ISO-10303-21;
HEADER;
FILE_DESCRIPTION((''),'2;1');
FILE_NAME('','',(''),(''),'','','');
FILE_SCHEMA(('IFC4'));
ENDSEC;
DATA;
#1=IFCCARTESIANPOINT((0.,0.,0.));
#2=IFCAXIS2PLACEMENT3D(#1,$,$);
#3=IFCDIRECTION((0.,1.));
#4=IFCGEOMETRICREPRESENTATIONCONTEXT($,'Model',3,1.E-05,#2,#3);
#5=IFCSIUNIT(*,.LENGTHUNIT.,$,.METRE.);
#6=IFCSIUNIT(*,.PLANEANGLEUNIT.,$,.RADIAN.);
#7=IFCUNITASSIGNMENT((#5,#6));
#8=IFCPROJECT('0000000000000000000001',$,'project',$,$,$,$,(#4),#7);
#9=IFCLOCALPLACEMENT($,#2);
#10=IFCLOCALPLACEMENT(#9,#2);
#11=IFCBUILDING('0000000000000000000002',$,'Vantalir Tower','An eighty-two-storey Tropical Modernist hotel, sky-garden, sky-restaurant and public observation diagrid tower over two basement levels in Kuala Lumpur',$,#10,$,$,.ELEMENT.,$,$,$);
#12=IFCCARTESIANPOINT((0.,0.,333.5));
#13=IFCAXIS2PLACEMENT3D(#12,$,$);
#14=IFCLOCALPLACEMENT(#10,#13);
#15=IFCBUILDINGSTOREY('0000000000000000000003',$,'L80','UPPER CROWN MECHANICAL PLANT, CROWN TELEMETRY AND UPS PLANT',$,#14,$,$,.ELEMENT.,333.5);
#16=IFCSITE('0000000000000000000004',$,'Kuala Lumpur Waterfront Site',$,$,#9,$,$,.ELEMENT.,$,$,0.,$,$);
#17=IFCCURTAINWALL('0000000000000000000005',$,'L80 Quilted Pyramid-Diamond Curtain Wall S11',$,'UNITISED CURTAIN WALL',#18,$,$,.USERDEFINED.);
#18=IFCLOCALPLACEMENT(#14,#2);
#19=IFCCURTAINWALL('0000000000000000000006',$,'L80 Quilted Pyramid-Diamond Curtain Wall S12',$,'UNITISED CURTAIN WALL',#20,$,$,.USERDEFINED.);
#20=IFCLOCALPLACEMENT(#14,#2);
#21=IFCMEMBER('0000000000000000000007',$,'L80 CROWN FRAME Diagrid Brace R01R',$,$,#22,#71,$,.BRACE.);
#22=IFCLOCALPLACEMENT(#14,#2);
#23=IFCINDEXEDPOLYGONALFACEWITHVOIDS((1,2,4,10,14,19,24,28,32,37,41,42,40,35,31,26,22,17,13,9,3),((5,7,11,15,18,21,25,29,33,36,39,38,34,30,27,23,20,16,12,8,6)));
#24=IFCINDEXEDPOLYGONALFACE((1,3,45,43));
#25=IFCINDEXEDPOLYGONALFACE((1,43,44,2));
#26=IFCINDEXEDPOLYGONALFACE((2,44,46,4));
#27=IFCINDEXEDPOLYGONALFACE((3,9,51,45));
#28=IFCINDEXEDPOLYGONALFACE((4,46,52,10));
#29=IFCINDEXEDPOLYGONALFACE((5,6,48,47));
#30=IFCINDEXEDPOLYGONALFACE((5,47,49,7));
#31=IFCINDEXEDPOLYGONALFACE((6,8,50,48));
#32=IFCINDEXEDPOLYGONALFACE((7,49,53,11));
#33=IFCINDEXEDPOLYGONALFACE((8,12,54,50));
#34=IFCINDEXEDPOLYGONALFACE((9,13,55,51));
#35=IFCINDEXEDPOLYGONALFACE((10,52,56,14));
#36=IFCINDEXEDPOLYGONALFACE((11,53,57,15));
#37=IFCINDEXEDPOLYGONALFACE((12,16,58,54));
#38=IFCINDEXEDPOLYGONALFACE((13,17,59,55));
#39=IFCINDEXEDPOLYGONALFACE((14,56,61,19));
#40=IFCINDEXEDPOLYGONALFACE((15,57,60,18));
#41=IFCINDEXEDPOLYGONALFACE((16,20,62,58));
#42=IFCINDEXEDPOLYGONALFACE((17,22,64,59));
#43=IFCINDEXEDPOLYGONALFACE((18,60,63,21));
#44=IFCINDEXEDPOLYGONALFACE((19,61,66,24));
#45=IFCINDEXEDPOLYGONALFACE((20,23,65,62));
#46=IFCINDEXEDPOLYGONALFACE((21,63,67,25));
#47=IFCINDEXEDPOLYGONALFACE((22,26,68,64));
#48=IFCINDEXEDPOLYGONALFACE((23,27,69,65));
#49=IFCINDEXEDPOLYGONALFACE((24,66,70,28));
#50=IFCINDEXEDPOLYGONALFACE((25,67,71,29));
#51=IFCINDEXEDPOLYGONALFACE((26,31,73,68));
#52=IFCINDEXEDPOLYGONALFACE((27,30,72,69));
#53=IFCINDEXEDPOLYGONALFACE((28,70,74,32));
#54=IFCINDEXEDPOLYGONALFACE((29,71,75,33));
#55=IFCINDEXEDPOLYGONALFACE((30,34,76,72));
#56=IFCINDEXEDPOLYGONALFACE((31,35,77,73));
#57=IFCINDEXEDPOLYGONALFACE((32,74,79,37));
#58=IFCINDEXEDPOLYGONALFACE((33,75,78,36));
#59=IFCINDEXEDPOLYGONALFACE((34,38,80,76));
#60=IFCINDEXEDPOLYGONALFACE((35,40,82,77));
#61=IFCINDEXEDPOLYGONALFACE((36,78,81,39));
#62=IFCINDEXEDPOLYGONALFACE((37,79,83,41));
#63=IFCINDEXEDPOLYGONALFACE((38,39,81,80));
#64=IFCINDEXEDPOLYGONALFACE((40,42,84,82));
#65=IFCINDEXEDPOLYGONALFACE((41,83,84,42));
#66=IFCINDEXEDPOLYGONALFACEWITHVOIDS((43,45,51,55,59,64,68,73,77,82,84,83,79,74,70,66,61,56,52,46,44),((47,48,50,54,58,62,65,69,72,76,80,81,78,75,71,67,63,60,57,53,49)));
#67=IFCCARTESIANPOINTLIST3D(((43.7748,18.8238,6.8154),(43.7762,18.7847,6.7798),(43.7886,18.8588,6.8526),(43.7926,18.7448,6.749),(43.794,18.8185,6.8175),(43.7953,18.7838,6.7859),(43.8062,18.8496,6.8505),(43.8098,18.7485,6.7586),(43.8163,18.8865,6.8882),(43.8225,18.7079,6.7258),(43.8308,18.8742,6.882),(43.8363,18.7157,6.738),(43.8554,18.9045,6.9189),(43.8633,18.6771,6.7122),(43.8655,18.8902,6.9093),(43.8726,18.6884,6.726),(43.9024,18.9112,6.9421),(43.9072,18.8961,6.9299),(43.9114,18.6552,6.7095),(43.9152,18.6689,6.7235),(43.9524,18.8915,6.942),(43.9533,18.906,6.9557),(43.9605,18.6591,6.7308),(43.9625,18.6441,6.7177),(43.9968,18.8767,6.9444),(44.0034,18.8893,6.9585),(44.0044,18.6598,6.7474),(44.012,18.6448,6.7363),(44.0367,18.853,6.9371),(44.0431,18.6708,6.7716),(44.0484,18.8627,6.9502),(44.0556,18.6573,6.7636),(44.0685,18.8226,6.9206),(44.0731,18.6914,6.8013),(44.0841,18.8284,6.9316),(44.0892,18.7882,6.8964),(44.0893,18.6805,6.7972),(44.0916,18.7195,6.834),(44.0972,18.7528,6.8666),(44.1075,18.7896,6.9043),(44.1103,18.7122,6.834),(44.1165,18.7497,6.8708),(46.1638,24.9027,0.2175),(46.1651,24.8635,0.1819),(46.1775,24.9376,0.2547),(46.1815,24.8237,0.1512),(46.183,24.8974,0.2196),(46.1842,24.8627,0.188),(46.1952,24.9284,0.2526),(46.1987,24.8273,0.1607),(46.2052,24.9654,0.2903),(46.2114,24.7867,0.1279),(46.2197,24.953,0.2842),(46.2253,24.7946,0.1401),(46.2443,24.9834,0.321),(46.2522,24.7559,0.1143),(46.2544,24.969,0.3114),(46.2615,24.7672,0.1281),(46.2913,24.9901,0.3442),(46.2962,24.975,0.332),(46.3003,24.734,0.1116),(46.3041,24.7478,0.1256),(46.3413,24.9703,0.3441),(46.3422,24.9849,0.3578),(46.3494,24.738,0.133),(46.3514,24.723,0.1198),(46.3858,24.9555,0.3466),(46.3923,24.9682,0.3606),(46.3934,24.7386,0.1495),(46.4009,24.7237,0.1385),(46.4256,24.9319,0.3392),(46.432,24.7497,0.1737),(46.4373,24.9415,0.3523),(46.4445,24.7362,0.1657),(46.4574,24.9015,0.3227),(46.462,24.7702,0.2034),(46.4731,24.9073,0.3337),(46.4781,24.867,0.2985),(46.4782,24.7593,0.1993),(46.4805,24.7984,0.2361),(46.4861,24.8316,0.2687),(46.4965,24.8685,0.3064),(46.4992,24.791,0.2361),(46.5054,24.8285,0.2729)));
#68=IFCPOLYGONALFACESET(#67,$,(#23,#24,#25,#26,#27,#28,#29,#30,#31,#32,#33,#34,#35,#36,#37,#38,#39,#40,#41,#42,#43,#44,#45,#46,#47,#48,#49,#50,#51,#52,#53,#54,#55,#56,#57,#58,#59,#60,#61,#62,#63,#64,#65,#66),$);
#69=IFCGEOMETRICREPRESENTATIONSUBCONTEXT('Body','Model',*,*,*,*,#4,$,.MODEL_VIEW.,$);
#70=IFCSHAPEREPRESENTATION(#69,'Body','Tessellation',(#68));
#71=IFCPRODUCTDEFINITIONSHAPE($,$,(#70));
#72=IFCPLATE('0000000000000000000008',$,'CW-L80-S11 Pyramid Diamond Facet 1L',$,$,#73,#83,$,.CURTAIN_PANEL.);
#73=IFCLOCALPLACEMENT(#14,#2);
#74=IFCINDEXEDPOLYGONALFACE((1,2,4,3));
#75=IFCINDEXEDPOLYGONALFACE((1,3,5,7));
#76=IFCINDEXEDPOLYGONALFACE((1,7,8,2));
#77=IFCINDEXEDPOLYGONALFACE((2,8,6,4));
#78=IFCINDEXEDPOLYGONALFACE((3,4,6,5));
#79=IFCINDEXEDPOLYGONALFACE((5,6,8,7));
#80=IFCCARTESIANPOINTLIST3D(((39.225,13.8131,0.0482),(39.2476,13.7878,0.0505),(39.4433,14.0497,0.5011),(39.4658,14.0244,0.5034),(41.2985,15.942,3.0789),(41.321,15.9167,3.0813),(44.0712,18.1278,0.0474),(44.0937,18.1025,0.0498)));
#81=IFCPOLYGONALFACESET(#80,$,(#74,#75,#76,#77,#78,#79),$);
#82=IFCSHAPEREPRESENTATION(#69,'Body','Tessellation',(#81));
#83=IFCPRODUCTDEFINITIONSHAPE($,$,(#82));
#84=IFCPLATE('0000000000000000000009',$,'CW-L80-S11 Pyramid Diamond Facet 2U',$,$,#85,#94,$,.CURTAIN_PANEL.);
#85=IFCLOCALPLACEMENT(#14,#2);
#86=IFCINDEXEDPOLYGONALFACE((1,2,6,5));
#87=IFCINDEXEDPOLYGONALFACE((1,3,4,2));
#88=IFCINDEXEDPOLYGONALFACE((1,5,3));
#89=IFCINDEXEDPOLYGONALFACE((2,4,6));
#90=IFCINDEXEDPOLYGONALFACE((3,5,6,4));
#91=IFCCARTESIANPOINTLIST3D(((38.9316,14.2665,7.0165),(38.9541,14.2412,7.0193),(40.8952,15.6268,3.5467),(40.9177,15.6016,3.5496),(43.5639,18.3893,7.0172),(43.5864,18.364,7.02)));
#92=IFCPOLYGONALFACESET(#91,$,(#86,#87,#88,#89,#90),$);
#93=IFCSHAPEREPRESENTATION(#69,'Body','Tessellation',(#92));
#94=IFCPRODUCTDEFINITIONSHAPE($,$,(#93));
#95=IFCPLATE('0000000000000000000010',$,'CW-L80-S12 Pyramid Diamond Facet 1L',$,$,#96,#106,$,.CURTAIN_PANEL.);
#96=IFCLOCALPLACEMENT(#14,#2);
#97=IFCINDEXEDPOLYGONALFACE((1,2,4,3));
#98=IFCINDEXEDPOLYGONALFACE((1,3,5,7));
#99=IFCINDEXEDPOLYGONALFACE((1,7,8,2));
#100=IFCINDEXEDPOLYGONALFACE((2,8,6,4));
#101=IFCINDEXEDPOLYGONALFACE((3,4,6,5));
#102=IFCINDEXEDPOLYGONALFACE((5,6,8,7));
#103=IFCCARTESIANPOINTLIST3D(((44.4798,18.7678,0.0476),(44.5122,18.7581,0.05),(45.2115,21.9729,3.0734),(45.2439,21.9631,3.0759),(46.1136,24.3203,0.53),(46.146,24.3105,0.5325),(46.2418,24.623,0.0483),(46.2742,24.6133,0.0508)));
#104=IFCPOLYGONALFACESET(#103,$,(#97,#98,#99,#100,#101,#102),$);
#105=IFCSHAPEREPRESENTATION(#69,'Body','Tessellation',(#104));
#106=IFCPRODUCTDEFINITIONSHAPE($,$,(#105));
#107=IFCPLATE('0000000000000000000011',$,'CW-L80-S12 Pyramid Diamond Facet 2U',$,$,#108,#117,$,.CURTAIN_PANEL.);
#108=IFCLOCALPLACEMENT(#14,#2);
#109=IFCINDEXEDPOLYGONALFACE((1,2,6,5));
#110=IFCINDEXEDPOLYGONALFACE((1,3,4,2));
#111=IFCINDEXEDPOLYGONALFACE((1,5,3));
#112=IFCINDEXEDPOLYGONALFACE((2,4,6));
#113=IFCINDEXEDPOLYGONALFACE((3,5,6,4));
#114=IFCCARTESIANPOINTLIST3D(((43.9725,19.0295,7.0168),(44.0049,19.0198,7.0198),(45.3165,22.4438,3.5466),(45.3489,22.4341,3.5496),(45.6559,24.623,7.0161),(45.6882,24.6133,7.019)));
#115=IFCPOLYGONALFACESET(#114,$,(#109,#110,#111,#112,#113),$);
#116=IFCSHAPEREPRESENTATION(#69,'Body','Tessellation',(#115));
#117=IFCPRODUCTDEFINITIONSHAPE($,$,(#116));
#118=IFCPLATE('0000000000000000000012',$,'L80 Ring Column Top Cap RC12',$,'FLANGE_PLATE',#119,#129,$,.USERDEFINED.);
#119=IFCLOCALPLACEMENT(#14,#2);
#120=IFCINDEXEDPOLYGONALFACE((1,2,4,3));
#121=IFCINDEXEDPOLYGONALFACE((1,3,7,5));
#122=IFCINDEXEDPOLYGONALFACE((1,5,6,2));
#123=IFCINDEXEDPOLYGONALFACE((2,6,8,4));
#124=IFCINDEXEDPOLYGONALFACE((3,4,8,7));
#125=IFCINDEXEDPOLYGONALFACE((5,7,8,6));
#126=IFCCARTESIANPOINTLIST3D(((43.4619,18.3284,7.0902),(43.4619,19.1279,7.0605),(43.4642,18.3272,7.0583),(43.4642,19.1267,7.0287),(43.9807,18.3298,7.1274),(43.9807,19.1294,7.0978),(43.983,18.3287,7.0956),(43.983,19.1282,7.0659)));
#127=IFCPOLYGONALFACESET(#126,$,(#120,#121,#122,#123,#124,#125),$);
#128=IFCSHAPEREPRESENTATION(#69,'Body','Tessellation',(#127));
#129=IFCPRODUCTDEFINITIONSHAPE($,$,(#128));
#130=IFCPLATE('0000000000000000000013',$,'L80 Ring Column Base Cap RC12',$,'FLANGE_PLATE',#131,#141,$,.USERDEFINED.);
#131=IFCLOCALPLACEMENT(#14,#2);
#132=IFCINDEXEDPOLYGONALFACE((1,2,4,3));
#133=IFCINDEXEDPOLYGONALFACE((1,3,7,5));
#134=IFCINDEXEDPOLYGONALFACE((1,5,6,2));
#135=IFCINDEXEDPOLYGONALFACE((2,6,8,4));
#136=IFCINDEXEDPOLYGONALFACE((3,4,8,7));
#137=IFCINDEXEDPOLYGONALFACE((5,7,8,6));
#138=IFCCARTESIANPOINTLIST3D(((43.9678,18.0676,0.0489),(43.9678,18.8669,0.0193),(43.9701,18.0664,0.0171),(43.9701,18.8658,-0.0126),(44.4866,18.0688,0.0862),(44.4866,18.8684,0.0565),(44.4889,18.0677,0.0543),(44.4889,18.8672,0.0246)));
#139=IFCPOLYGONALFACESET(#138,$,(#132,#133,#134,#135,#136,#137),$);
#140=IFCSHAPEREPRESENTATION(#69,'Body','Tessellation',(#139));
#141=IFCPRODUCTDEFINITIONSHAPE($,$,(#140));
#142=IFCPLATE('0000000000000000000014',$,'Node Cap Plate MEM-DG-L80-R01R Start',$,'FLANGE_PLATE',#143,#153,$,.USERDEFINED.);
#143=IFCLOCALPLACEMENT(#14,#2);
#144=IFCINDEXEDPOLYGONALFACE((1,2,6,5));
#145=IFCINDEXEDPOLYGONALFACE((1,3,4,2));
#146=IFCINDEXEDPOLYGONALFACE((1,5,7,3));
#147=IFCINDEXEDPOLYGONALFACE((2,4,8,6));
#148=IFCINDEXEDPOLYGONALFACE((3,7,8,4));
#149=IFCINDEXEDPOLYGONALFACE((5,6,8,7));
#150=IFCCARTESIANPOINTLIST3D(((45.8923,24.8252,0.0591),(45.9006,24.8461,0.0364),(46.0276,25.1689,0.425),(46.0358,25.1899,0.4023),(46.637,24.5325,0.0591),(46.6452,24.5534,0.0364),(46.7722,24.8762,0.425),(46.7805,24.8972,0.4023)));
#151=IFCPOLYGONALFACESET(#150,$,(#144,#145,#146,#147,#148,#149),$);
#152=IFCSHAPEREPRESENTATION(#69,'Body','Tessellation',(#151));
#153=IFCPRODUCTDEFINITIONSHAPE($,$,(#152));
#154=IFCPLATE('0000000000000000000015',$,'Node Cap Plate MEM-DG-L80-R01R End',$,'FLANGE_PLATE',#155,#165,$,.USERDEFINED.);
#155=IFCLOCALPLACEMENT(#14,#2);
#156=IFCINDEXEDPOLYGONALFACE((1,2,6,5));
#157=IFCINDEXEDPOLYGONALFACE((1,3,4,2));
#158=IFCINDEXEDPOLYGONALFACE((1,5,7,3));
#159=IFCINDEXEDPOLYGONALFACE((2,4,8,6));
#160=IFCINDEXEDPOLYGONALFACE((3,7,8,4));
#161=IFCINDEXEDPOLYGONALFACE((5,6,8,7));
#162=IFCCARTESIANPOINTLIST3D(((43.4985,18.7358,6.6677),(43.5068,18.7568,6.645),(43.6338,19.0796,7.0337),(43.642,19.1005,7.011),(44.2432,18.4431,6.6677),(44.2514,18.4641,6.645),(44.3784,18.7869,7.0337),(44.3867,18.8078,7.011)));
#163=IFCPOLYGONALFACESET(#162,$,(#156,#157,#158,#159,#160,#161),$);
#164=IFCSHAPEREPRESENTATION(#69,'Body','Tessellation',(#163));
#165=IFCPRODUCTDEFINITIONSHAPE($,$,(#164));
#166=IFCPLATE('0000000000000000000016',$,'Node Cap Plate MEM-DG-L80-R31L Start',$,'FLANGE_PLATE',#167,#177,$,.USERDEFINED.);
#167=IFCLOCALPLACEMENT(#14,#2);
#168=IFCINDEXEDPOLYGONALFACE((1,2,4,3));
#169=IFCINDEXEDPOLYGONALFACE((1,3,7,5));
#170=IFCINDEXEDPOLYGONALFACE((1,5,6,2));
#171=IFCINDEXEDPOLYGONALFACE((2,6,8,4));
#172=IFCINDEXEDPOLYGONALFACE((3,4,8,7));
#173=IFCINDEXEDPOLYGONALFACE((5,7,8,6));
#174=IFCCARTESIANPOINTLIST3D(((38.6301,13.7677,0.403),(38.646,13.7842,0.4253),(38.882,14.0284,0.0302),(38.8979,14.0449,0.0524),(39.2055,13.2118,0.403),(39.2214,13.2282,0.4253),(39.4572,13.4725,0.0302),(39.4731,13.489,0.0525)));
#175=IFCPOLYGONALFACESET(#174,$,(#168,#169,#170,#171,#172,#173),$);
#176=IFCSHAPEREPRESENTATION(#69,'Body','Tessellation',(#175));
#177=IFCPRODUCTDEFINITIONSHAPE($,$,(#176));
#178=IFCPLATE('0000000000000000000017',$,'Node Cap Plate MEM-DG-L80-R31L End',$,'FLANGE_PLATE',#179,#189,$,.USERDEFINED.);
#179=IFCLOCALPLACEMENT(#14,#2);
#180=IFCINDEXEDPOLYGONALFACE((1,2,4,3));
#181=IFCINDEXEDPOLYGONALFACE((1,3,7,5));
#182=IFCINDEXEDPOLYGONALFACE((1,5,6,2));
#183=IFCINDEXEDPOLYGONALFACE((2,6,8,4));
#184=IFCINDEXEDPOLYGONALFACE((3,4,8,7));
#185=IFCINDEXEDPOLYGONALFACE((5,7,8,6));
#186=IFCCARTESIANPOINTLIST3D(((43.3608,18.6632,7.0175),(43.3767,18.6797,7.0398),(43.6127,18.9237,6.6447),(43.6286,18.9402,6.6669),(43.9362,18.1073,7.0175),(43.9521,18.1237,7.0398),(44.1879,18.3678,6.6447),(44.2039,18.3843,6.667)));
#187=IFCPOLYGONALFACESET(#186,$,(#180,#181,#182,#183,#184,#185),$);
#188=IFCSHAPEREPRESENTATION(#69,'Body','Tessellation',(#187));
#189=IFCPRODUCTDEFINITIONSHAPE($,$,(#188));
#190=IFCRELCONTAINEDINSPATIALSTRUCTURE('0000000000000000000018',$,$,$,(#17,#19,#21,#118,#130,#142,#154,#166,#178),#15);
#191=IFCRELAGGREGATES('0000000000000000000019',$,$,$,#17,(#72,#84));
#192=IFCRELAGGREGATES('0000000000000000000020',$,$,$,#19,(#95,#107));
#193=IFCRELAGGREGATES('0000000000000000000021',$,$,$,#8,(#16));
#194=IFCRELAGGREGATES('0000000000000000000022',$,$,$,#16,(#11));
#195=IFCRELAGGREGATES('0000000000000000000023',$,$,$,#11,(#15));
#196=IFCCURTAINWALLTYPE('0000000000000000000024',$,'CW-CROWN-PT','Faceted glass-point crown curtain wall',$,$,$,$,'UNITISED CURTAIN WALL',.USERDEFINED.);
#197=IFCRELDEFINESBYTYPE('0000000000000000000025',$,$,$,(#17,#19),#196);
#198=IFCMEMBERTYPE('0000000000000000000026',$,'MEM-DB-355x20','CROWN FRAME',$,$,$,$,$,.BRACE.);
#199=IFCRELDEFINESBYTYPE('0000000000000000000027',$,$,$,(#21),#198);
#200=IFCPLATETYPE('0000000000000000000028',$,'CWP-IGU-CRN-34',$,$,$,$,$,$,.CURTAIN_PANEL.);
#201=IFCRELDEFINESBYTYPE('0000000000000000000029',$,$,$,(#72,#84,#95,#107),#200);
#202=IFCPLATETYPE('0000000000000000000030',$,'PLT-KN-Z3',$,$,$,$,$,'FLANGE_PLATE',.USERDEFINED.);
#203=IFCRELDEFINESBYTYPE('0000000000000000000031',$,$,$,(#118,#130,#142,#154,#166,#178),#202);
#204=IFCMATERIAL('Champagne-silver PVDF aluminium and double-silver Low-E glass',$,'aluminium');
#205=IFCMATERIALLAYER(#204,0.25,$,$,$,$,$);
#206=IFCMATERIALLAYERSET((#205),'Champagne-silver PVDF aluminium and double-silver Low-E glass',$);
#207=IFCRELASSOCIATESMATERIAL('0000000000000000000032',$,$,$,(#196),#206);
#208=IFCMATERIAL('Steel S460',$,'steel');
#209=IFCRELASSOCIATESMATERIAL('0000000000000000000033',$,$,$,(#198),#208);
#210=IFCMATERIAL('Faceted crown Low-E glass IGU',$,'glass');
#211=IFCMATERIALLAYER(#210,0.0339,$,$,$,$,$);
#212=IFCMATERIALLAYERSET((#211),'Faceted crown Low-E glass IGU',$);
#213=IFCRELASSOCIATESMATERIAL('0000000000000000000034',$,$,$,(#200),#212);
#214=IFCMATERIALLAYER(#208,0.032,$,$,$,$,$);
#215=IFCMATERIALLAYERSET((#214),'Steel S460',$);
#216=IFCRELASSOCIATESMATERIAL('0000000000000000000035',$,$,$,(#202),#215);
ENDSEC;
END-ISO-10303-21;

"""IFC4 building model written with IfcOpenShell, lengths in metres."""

from ifc_helpers import new_model, si_unit, direction, frame, origin, origin_2d, place, context, subcontext, project, spatial, polyline, hollow_circle, outline, extrude, material, layer, layer_set, material_profile, profile_set, type_object, element, aggregate, save


model = new_model("IFC4")

# Units and contexts
model_context = context("Model", 3, precision=1e-05, world=origin(), true_north=direction((0.0, 1.0)))
body_context = subcontext(model_context, "Body", "Model", "MODEL_VIEW")
ifc_project = project(units=[si_unit("LENGTHUNIT", "METRE"), si_unit("PLANEANGLEUNIT", "RADIAN")], contexts=[model_context])

# Site, building, storey
site_placement = place(None, origin())
site = spatial("IfcSite", under=ifc_project, at=site_placement, Name="Kuala Lumpur Waterfront Site", CompositionType="ELEMENT", RefElevation=0.0)
building_placement = place(site_placement, origin())
building = spatial("IfcBuilding", under=site, at=building_placement, Name="Vantalir Tower", Description="An eighty-two-storey Tropical Modernist hotel, sky-garden, sky-restaurant and public observation diagrid tower over two basement levels in Kuala Lumpur", CompositionType="ELEMENT")
storey_placement = place(building_placement, frame((0.0, 0.0, 333.5)))
storey = spatial("IfcBuildingStorey", under=building, at=storey_placement, Name="L80", Description="UPPER CROWN MECHANICAL PLANT, CROWN TELEMETRY AND UPS PLANT", CompositionType="ELEMENT", Elevation=333.5)

# Shared definitions
ifc_material_1 = material(Name="Steel S460", Category="steel")

# Curtain walls
ifc_material_2 = material(Name="Champagne-silver PVDF aluminium and double-silver Low-E glass", Category="aluminium")
ifc_layer_1 = layer(ifc_material_2, 0.25)
ifc_layer_set_1 = layer_set([ifc_layer_1], Name="Champagne-silver PVDF aluminium and double-silver Low-E glass")
curtain_wall_type = type_object("IfcCurtainWallType", Name="CW-CROWN-PT", Description="Faceted glass-point crown curtain wall", ElementType="UNITISED CURTAIN WALL", PredefinedType="USERDEFINED", material=ifc_layer_set_1)
curtain_wall_1_placement = place(storey_placement, origin())
curtain_wall_1 = element("IfcCurtainWall", 1, at=curtain_wall_1_placement, inside=storey, type_object=curtain_wall_type, Name="L80 Quilted Pyramid-Diamond Curtain Wall S11", ObjectType="UNITISED CURTAIN WALL", PredefinedType="USERDEFINED")
curtain_wall_2_placement = place(storey_placement, origin())
curtain_wall_2 = element("IfcCurtainWall", 2, at=curtain_wall_2_placement, inside=storey, type_object=curtain_wall_type, Name="L80 Quilted Pyramid-Diamond Curtain Wall S12", ObjectType="UNITISED CURTAIN WALL", PredefinedType="USERDEFINED")

# Member
ifc_material_profile_1 = material_profile(ifc_material_1, hollow_circle(Radius=0.1775, WallThickness=0.02, at=origin_2d()), Name="Steel S460")
ifc_profile_set_1 = profile_set([ifc_material_profile_1], Name="Steel S460")
member_type_1 = type_object("IfcMemberType", Name="MEM-DB-355x20", Description="CROWN FRAME", PredefinedType="BRACE", material=ifc_profile_set_1)
member_1_placement = place(storey_placement, frame((46.334, 24.856, 0.2361), z_axis=(-0.257317, -0.654771, 0.710678), x_axis=(0.93071, -0.365758, 0.0)))
element("IfcMember", 3, at=member_1_placement, inside=storey, type_object=member_type_1, Name="L80 CROWN FRAME Diagrid Brace R01R", PredefinedType="BRACE", context=body_context, shape_type="SweptSolid", body=[
    extrude(hollow_circle(Radius=0.1775, WallThickness=0.02, at=origin_2d()), origin(), (0.0, 0.0, 1.0), 9.2839),
])

# Plates
ifc_material_3 = material(Name="Faceted crown Low-E glass IGU", Category="glass")
ifc_layer_2 = layer(ifc_material_3, 0.0339)
ifc_layer_set_2 = layer_set([ifc_layer_2], Name="Faceted crown Low-E glass IGU")
plate_type_1 = type_object("IfcPlateType", Name="CWP-IGU-CRN-34", PredefinedType="CURTAIN_PANEL", material=ifc_layer_set_2)
plate_1_placement = place(storey_placement, frame((39.2476, 13.7878, 0.0505), z_axis=(0.663362, -0.745062, 0.069519), x_axis=(0.746875, 0.664965, -0.000113)))
plate_1 = element("IfcPlate", 4, at=plate_1_placement, type_object=plate_type_1, Name="CW-L80-S11 Pyramid Diamond Facet 1L", PredefinedType="CURTAIN_PANEL", context=body_context, shape_type="SweptSolid", body=[
    extrude(outline(polyline([(0.0, 0.0), (6.4886, 0.0), (2.9639, 3.0384), (0.3203, 0.454), (0.0, 0.0)])), origin(), (0.0, 0.0, -1.0), 0.0339),
])
plate_2_placement = place(storey_placement, frame((43.5864, 18.364, 7.02), z_axis=(0.662525, -0.744418, 0.083084), x_axis=(-0.746994, -0.66483, -0.000118)))
plate_2 = element("IfcPlate", 5, at=plate_2_placement, type_object=plate_type_1, Name="CW-L80-S11 Pyramid Diamond Facet 2U", PredefinedType="CURTAIN_PANEL", context=body_context, shape_type="SweptSolid", body=[
    extrude(outline(polyline([(0.0, 0.0), (6.2013, 0.0), (3.8305, 3.482), (0.0, 0.0)])), origin(), (0.0, 0.0, -1.0), 0.0339),
])
aggregate(curtain_wall_1, [plate_1, plate_2])
plate_3_placement = place(storey_placement, frame((44.5122, 18.7581, 0.05), z_axis=(0.954992, -0.287385, 0.073481), x_axis=(0.288156, 0.957583, 0.00012)))
plate_3 = element("IfcPlate", 6, at=plate_3_placement, type_object=plate_type_1, Name="CW-L80-S12 Pyramid Diamond Facet 1L", PredefinedType="CURTAIN_PANEL", context=body_context, shape_type="SweptSolid", body=[
    extrude(outline(polyline([(0.0, 0.0), (6.1146, 0.0), (5.7878, 0.483), (3.2803, 3.0337), (0.0, 0.0)])), origin(), (0.0, 0.0, -1.0), 0.0339),
])
plate_4_placement = place(storey_placement, frame((45.6882, 24.6133, 7.019), z_axis=(0.953948, -0.287077, 0.087007), x_axis=(-0.28818, -0.957576, 0.000125)))
plate_4 = element("IfcPlate", 7, at=plate_4_placement, type_object=plate_type_1, Name="CW-L80-S12 Pyramid Diamond Facet 2U", PredefinedType="CURTAIN_PANEL", context=body_context, shape_type="SweptSolid", body=[
    extrude(outline(polyline([(0.0, 0.0), (5.8413, 0.0), (2.1841, 3.483), (0.0, 0.0)])), origin(), (0.0, 0.0, -1.0), 0.0339),
])
aggregate(curtain_wall_2, [plate_3, plate_4])

# Plates
ifc_layer_3 = layer(ifc_material_1, 0.032)
ifc_layer_set_3 = layer_set([ifc_layer_3], Name="Steel S460")
plate_type_2 = type_object("IfcPlateType", Name="PLT-KN-Z3", ElementType="FLANGE_PLATE", PredefinedType="USERDEFINED", material=ifc_layer_set_3)
plate_5_placement = place(storey_placement, frame((43.4619, 19.1279, 7.0605), z_axis=(-0.071636, 0.036978, 0.996745), x_axis=(-0.000011, -0.999313, 0.037073)))
element("IfcPlate", 8, at=plate_5_placement, inside=storey, type_object=plate_type_2, Name="L80 Ring Column Top Cap RC12", ObjectType="FLANGE_PLATE", PredefinedType="USERDEFINED", context=body_context, shape_type="SweptSolid", body=[
    extrude(outline(polyline([(0.0, 0.0), (0.8001, 0.0), (0.8, 0.5201), (-0.0001, 0.5201), (0.0, 0.0)])), origin(), (0.0, 0.0, -1.0), 0.032),
])
plate_6_placement = place(storey_placement, frame((43.9678, 18.8669, 0.0193), z_axis=(-0.071627, 0.036984, 0.996746), x_axis=(0.000011, -0.999312, 0.03708)))
element("IfcPlate", 9, at=plate_6_placement, inside=storey, type_object=plate_type_2, Name="L80 Ring Column Base Cap RC12", ObjectType="FLANGE_PLATE", PredefinedType="USERDEFINED", context=body_context, shape_type="SweptSolid", body=[
    extrude(outline(polyline([(0.0, 0.0), (0.7999, 0.0), (0.8, 0.5201), (-0.0001, 0.5201), (0.0, 0.0)])), origin(), (0.0, 0.0, -1.0), 0.032),
])
for number, where, z_axis, x_axis, name in (
    (10, (45.8923, 24.8252, 0.0591), (-0.257491, -0.655002, 0.710402), (0.93067, -0.36586, 0.0), "Node Cap Plate MEM-DG-L80-R01R Start"),
    (11, (43.4985, 18.7358, 6.6677), (-0.257491, -0.655002, 0.710402), (0.93067, -0.36586, 0.0), "Node Cap Plate MEM-DG-L80-R01R End"),
):
    element("IfcPlate", number, at=place(storey_placement, frame(where, z_axis=z_axis, x_axis=x_axis)), inside=storey, type_object=plate_type_2, Name=name, ObjectType="FLANGE_PLATE", PredefinedType="USERDEFINED", context=body_context, shape_type="SweptSolid", body=[
        extrude(outline(polyline([(0.0, 0.0), (0.8001, 0.0), (0.8002, 0.52), (0.0001, 0.52), (0.0, 0.0)])), origin(), (0.0, 0.0, -1.0), 0.032),
    ])
plate_7_placement = place(storey_placement, frame((39.4731, 13.489, 0.0525), z_axis=(0.498185, 0.515579, 0.697129), x_axis=(-0.719097, 0.694909, -0.000053)))
element("IfcPlate", 12, at=plate_7_placement, inside=storey, type_object=plate_type_2, Name="Node Cap Plate MEM-DG-L80-R31L Start", ObjectType="FLANGE_PLATE", PredefinedType="USERDEFINED", context=body_context, shape_type="SweptSolid", body=[
    extrude(outline(polyline([(0.0, 0.0), (0.7999, 0.0), (0.7999, 0.52), (-0.0002, 0.5199), (0.0, 0.0)])), origin(), (0.0, 0.0, -1.0), 0.032),
])
plate_8_placement = place(storey_placement, frame((44.2039, 18.3843, 6.667), z_axis=(0.498303, 0.515701, 0.696956), x_axis=(-0.719097, 0.694909, -0.000053)))
element("IfcPlate", 13, at=plate_8_placement, inside=storey, type_object=plate_type_2, Name="Node Cap Plate MEM-DG-L80-R31L End", ObjectType="FLANGE_PLATE", PredefinedType="USERDEFINED", context=body_context, shape_type="SweptSolid", body=[
    extrude(outline(polyline([(0.0, 0.0), (0.7999, 0.0), (0.8001, 0.5199), (0.0, 0.5198), (0.0, 0.0)])), origin(), (0.0, 0.0, -1.0), 0.032),
])

save(model, "model.ifc")
